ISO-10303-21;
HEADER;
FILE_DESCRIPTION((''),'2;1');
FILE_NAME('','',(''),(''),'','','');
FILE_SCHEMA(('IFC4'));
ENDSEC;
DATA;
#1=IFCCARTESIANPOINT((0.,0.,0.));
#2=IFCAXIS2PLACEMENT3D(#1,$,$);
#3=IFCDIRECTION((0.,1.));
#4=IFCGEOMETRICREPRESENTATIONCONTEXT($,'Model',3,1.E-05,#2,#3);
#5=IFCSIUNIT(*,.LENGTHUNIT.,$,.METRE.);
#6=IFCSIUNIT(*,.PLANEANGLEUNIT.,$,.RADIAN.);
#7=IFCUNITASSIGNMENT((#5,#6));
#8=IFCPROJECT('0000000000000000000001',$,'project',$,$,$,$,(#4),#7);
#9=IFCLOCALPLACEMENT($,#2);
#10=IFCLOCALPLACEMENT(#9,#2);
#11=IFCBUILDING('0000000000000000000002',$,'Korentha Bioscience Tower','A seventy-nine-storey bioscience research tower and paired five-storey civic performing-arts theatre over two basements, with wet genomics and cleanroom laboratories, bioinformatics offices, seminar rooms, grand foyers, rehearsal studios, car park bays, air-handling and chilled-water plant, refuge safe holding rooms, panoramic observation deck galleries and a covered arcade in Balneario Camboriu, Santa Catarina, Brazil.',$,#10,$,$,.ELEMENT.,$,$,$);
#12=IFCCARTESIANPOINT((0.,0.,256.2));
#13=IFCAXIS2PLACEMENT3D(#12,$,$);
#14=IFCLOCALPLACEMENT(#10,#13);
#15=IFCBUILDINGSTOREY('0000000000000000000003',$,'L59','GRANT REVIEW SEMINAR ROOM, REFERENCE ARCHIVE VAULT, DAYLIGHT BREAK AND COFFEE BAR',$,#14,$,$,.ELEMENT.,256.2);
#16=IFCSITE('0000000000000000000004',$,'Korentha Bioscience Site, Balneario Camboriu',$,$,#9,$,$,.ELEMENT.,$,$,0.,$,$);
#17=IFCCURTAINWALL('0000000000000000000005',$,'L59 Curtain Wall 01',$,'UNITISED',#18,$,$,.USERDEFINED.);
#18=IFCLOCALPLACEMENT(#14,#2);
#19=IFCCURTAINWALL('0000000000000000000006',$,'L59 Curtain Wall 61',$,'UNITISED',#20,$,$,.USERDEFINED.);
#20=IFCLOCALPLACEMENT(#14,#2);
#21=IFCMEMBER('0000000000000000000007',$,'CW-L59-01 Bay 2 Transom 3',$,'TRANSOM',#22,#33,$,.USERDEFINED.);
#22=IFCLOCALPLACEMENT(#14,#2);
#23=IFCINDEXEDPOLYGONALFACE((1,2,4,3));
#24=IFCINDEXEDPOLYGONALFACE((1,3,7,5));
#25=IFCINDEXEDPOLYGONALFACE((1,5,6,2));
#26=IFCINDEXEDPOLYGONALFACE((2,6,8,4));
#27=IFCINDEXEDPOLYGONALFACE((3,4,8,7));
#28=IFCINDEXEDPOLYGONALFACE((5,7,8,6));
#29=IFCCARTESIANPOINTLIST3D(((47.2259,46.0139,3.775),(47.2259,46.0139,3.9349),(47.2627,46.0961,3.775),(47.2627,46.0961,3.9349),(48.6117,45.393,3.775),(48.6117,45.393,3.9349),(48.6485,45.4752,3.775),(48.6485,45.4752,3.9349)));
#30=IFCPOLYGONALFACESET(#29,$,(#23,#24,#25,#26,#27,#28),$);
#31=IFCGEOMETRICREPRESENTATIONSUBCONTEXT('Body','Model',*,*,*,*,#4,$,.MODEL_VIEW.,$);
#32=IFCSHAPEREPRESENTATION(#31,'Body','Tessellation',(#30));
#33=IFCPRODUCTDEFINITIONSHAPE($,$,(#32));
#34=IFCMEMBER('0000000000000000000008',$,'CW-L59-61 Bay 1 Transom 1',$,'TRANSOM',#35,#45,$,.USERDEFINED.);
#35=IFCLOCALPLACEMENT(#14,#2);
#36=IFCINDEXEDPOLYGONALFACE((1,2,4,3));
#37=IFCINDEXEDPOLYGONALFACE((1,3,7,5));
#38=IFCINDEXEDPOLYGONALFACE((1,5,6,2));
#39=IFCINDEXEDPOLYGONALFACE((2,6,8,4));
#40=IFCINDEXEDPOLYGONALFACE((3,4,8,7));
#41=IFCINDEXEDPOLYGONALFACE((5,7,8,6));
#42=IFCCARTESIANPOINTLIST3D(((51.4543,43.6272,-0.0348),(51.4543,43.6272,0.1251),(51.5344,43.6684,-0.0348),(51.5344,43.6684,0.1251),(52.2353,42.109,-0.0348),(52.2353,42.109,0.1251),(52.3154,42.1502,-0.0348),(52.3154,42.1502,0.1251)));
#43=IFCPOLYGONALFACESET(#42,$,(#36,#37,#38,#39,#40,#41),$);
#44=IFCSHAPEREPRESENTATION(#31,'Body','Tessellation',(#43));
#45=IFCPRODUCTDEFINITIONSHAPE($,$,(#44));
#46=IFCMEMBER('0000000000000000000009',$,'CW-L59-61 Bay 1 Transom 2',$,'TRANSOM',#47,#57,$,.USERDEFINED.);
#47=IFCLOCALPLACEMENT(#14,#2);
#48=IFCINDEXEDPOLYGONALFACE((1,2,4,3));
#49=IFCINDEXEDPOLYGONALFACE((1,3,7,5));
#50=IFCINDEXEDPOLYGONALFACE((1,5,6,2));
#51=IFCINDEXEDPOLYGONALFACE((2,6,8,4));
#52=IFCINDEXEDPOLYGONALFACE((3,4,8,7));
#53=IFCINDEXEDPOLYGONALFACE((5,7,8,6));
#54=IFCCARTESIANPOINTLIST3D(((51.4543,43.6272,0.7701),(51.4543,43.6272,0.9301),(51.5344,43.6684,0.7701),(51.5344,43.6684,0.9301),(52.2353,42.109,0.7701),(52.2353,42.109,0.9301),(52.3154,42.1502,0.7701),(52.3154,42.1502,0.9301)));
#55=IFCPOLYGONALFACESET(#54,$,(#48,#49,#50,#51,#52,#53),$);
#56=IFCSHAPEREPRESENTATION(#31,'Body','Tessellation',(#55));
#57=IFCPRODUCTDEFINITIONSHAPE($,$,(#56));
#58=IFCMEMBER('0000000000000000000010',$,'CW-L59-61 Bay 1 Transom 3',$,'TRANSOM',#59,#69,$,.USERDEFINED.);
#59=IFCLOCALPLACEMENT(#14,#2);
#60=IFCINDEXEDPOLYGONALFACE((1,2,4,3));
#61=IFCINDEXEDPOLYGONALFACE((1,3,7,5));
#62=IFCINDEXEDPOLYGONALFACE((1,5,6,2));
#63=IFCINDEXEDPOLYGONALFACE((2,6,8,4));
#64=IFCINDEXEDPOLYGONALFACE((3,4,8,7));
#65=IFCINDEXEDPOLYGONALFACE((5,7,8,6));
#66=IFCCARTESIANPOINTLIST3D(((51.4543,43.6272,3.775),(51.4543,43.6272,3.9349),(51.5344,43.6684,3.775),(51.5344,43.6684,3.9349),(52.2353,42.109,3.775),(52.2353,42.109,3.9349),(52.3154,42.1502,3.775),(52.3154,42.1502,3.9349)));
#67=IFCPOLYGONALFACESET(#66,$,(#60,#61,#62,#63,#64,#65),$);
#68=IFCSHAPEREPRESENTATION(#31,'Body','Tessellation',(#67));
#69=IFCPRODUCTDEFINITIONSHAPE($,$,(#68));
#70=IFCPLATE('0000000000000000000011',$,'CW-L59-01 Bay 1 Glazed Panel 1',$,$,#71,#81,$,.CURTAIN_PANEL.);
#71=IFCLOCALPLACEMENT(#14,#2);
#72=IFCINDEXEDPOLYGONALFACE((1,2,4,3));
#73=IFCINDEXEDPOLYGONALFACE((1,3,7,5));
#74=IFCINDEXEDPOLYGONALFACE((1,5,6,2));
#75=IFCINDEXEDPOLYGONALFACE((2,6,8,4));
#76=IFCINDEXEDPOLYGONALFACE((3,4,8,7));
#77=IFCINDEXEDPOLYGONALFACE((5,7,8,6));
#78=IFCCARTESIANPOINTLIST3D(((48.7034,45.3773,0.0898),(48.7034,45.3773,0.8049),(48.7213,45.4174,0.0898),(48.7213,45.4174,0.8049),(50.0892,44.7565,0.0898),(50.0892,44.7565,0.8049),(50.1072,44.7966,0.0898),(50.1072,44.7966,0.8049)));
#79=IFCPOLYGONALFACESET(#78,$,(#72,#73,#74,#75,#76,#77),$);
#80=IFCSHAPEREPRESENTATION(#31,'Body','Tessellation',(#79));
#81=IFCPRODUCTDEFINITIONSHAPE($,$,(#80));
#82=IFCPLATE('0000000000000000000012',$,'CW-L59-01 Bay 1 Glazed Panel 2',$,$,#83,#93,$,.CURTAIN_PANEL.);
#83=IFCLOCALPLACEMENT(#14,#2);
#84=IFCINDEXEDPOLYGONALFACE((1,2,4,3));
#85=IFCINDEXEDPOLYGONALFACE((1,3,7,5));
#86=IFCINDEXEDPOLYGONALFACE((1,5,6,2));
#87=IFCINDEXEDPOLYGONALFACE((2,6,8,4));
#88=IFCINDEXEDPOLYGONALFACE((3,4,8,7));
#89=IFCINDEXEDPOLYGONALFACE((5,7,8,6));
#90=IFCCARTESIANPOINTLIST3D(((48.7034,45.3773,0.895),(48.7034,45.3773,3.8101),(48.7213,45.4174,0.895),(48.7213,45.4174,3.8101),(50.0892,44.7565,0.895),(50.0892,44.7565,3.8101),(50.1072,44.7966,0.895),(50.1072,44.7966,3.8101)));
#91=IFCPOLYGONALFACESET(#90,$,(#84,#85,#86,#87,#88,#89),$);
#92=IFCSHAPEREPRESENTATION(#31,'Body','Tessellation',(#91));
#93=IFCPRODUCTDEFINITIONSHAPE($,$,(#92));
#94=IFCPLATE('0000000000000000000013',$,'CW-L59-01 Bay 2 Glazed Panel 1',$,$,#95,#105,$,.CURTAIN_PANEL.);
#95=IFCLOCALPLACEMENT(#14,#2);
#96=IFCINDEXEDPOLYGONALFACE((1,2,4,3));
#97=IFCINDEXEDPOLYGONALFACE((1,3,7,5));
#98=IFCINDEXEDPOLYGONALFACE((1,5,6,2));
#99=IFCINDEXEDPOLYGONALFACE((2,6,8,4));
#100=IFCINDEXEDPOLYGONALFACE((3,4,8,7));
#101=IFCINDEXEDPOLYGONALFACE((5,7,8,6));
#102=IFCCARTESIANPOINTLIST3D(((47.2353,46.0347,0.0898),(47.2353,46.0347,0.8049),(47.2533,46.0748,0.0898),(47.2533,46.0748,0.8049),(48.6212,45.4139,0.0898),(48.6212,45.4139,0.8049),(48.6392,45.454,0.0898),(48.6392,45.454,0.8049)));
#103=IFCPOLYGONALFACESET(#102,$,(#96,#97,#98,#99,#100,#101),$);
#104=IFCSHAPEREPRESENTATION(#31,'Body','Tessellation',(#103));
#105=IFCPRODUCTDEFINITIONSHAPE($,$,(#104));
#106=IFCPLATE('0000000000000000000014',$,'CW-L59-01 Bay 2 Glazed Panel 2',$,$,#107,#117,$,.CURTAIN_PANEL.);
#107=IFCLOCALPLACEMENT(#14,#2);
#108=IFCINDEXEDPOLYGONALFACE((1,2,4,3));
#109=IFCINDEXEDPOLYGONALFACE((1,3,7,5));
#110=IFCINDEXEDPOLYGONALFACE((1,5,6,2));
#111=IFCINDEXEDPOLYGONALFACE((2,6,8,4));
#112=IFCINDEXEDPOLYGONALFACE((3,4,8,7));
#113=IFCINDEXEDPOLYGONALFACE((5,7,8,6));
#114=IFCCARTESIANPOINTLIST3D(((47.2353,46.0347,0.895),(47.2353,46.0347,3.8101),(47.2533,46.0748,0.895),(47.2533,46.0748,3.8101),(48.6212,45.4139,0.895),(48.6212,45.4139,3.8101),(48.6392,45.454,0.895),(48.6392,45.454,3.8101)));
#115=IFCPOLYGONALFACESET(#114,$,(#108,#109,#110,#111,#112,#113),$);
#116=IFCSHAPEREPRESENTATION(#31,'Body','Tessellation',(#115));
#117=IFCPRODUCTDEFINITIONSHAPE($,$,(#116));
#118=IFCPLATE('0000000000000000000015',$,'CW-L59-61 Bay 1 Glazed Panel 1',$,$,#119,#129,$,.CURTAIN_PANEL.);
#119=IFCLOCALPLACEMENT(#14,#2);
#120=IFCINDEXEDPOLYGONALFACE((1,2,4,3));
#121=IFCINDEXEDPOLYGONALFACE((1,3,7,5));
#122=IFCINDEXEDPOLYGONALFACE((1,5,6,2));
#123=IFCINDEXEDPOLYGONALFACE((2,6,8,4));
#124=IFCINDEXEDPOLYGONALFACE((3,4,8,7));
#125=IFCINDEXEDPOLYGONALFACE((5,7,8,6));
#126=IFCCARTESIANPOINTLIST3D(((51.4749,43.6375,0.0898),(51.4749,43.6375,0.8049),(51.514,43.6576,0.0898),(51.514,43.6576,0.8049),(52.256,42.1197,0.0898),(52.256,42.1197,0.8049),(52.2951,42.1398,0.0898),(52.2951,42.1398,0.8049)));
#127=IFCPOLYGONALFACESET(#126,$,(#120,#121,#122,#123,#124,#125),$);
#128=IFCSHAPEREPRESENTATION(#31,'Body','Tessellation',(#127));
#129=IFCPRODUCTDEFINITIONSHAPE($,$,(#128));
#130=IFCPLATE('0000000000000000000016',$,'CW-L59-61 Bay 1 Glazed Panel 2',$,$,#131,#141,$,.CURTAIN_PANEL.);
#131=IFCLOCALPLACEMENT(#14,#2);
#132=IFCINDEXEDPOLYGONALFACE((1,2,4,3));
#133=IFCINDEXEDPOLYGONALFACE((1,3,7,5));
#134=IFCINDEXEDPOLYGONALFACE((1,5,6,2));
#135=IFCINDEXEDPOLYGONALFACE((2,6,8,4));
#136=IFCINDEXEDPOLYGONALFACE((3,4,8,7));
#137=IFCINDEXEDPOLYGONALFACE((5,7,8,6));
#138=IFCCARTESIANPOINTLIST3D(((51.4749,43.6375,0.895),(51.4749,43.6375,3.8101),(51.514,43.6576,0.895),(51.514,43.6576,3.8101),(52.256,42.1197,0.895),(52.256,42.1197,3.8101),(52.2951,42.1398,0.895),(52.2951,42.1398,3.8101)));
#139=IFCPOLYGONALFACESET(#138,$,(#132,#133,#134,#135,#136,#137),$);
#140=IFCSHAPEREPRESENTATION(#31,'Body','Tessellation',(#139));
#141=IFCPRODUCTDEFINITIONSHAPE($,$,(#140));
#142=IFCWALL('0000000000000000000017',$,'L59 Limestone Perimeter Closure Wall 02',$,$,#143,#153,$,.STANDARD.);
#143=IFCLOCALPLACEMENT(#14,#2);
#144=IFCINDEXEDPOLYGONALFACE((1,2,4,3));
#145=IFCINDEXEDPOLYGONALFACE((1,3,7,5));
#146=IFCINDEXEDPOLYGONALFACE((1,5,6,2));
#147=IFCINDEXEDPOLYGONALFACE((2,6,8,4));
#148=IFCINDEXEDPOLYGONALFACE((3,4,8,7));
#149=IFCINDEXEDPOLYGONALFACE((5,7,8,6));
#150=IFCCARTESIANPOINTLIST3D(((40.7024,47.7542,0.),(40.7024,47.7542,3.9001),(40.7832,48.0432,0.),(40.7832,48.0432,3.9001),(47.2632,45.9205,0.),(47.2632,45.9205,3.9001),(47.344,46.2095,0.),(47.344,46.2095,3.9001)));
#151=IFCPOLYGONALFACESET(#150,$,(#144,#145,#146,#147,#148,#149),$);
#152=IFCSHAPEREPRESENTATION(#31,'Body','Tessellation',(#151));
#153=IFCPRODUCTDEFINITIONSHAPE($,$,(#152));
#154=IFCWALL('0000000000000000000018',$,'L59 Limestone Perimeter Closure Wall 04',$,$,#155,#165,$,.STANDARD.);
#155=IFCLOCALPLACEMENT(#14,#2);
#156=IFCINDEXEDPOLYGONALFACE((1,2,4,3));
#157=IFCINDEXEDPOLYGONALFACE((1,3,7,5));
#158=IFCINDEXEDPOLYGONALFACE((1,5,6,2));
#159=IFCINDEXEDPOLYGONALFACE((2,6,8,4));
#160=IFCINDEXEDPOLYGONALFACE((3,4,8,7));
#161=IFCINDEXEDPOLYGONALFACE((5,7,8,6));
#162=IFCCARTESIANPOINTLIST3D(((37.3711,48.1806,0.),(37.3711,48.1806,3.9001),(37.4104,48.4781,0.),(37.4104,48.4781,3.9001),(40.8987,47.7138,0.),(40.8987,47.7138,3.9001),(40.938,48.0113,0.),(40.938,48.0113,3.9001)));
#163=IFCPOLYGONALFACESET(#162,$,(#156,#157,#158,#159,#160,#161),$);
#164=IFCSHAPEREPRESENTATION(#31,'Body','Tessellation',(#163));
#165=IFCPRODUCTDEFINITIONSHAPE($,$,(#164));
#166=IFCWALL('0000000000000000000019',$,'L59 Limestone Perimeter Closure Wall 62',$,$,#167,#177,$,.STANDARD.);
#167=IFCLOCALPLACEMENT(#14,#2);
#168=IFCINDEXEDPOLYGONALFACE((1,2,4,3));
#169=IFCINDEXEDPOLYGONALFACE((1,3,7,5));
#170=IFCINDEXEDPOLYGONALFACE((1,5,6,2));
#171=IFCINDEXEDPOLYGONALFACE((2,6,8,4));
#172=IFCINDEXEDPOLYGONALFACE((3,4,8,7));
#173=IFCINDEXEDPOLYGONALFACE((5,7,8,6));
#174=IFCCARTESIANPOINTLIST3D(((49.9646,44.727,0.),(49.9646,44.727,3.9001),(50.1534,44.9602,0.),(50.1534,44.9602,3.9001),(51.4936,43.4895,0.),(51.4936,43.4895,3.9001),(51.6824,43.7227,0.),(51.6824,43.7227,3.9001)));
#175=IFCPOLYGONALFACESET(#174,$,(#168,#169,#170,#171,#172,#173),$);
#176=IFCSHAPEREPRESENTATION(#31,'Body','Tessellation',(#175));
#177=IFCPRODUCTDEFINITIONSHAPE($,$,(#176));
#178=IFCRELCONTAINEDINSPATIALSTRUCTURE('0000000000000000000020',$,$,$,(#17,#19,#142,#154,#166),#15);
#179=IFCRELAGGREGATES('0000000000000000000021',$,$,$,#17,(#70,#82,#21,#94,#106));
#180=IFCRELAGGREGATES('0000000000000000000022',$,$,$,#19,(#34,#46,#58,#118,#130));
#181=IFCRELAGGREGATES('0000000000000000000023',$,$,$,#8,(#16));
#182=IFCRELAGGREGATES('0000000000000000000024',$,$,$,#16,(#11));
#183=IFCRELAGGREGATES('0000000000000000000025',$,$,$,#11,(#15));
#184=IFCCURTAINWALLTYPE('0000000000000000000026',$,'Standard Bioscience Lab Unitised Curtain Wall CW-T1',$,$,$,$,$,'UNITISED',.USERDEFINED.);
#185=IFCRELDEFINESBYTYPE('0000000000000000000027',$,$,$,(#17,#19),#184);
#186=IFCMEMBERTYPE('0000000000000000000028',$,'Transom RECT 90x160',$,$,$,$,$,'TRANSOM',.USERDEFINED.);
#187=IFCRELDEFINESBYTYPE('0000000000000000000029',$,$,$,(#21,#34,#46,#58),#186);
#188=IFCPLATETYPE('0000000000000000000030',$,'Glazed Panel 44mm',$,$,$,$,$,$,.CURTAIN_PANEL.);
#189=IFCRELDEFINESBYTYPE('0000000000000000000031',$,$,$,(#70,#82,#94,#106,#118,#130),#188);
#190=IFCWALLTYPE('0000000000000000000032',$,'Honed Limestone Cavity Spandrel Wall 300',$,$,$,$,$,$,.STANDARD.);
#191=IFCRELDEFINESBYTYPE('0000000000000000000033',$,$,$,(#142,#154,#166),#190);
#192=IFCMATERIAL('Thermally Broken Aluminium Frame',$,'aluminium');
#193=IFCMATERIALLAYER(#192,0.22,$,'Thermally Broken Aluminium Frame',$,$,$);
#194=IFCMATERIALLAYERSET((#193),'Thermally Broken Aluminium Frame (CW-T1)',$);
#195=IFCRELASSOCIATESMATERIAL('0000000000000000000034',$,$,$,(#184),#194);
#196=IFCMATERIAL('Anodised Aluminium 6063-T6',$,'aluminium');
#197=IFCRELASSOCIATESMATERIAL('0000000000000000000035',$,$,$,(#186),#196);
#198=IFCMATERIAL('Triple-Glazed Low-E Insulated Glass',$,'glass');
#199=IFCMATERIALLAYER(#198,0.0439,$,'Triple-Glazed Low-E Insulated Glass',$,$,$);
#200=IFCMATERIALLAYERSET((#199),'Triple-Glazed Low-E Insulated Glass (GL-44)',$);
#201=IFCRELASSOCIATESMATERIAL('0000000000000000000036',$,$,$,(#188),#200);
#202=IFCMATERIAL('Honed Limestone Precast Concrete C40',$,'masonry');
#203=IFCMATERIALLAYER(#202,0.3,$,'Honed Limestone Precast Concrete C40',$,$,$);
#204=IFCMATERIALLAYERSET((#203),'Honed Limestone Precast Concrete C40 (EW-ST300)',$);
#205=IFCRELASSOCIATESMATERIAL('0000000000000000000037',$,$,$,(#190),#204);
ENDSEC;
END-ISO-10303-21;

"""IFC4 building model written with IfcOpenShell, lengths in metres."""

from ifc_helpers import new_model, si_unit, direction, frame, frame_2d, origin, origin_2d, place, context, subcontext, project, spatial, rectangle, extrude, material, layer, layer_set, material_profile, profile_set, type_object, element, aggregate, save


model = new_model("IFC4")

# Units and contexts
model_context = context("Model", 3, precision=1e-05, world=origin(), true_north=direction((0.0, 1.0)))
body_context = subcontext(model_context, "Body", "Model", "MODEL_VIEW")
ifc_project = project(units=[si_unit("LENGTHUNIT", "METRE"), si_unit("PLANEANGLEUNIT", "RADIAN")], contexts=[model_context])

# Site, building, storey
site_placement = place(None, origin())
site = spatial("IfcSite", under=ifc_project, at=site_placement, Name="Korentha Bioscience Site, Balneario Camboriu", CompositionType="ELEMENT", RefElevation=0.0)
building_placement = place(site_placement, origin())
building = spatial("IfcBuilding", under=site, at=building_placement, Name="Korentha Bioscience Tower", Description="A seventy-nine-storey bioscience research tower and paired five-storey civic performing-arts theatre over two basements, with wet genomics and cleanroom laboratories, bioinformatics offices, seminar rooms, grand foyers, rehearsal studios, car park bays, air-handling and chilled-water plant, refuge safe holding rooms, panoramic observation deck galleries and a covered arcade in Balneario Camboriu, Santa Catarina, Brazil.", CompositionType="ELEMENT")
storey_placement = place(building_placement, frame((0.0, 0.0, 256.2)))
storey = spatial("IfcBuildingStorey", under=building, at=storey_placement, Name="L59", Description="GRANT REVIEW SEMINAR ROOM, REFERENCE ARCHIVE VAULT, DAYLIGHT BREAK AND COFFEE BAR", CompositionType="ELEMENT", Elevation=256.2)

# Curtain wall
ifc_material_1 = material(Name="Thermally Broken Aluminium Frame", Category="aluminium")
ifc_layer_1 = layer(ifc_material_1, 0.22, Name="Thermally Broken Aluminium Frame")
ifc_layer_set_1 = layer_set([ifc_layer_1], Name="Thermally Broken Aluminium Frame (CW-T1)")
curtain_wall_type = type_object("IfcCurtainWallType", Name="Standard Bioscience Lab Unitised Curtain Wall CW-T1", ElementType="UNITISED", PredefinedType="USERDEFINED", material=ifc_layer_set_1)
curtain_wall_1_placement = place(storey_placement, origin())
curtain_wall_1 = element("IfcCurtainWall", 1, at=curtain_wall_1_placement, inside=storey, type_object=curtain_wall_type, Name="L59 Curtain Wall 01", ObjectType="UNITISED", PredefinedType="USERDEFINED")
ifc_material_2 = material(Name="Anodised Aluminium 6063-T6", Category="aluminium")

# Curtain wall
curtain_wall_2_placement = place(storey_placement, origin())
curtain_wall_2 = element("IfcCurtainWall", 2, at=curtain_wall_2_placement, inside=storey, type_object=curtain_wall_type, Name="L59 Curtain Wall 61", ObjectType="UNITISED", PredefinedType="USERDEFINED")

# Members
ifc_material_profile_1 = material_profile(ifc_material_2, rectangle(XDim=0.0901, YDim=0.1599, at=origin_2d()), Name="Anodised Aluminium 6063-T6")
ifc_profile_set_1 = profile_set([ifc_material_profile_1], Name="Anodised Aluminium 6063-T6 (CW-TRN)")
member_type_1 = type_object("IfcMemberType", Name="Transom RECT 90x160", ElementType="TRANSOM", PredefinedType="USERDEFINED", material=ifc_profile_set_1)
member_1_placement = place(storey_placement, frame((48.6301, 45.4341, 3.855), z_axis=(-0.912594, 0.408867, 0.0), x_axis=(-0.408867, -0.912594, 0.0)))
member_1 = element("IfcMember", 3, at=member_1_placement, type_object=member_type_1, Name="CW-L59-01 Bay 2 Transom 3", ObjectType="TRANSOM", PredefinedType="USERDEFINED", context=body_context, shape_type="SweptSolid", body=[
    extrude(rectangle(XDim=0.0901, YDim=0.1599, at=origin_2d()), origin(), (0.0, 0.0, 1.0), 1.5186),
])
member_2_placement = place(storey_placement, frame((52.2754, 42.1296, 0.0452), z_axis=(-0.45748, 0.88922, 0.0), x_axis=(-0.88922, -0.45748, 0.0)))
member_2 = element("IfcMember", 4, at=member_2_placement, type_object=member_type_1, Name="CW-L59-61 Bay 1 Transom 1", ObjectType="TRANSOM", PredefinedType="USERDEFINED", context=body_context, shape_type="SweptSolid", body=[
    extrude(rectangle(XDim=0.0901, YDim=0.1599, at=origin_2d()), origin(), (0.0, 0.0, 1.0), 1.7073),
])
member_3_placement = place(storey_placement, frame((52.2754, 42.1296, 0.8501), z_axis=(-0.45748, 0.88922, 0.0), x_axis=(-0.88922, -0.45748, 0.0)))
member_3 = element("IfcMember", 5, at=member_3_placement, type_object=member_type_1, Name="CW-L59-61 Bay 1 Transom 2", ObjectType="TRANSOM", PredefinedType="USERDEFINED", context=body_context, shape_type="SweptSolid", body=[
    extrude(rectangle(XDim=0.0901, YDim=0.1599, at=origin_2d()), origin(), (0.0, 0.0, 1.0), 1.7073),
])
member_4_placement = place(storey_placement, frame((52.2754, 42.1296, 3.855), z_axis=(-0.45748, 0.88922, 0.0), x_axis=(-0.88922, -0.45748, 0.0)))
member_4 = element("IfcMember", 6, at=member_4_placement, type_object=member_type_1, Name="CW-L59-61 Bay 1 Transom 3", ObjectType="TRANSOM", PredefinedType="USERDEFINED", context=body_context, shape_type="SweptSolid", body=[
    extrude(rectangle(XDim=0.0901, YDim=0.1599, at=origin_2d()), origin(), (0.0, 0.0, 1.0), 1.7073),
])

# Plates
ifc_material_3 = material(Name="Triple-Glazed Low-E Insulated Glass", Category="glass")
ifc_layer_2 = layer(ifc_material_3, 0.0439, Name="Triple-Glazed Low-E Insulated Glass")
ifc_layer_set_2 = layer_set([ifc_layer_2], Name="Triple-Glazed Low-E Insulated Glass (GL-44)")
plate_type = type_object("IfcPlateType", Name="Glazed Panel 44mm", PredefinedType="CURTAIN_PANEL", material=ifc_layer_set_2)
plate_1_placement = place(storey_placement, frame((49.4053, 45.0869, 0.0898), z_axis=(0.0, 0.0, 1.0), x_axis=(-0.912622, 0.408805, 0.0)))
plate_1 = element("IfcPlate", 7, at=plate_1_placement, type_object=plate_type, Name="CW-L59-01 Bay 1 Glazed Panel 1", PredefinedType="CURTAIN_PANEL", context=body_context, shape_type="SweptSolid", body=[
    extrude(rectangle(XDim=1.5186, YDim=0.0439, at=origin_2d()), origin(), (0.0, 0.0, 1.0), 0.7151),
])
plate_2_placement = place(storey_placement, frame((49.4053, 45.0869, 0.895), z_axis=(0.0, 0.0, 1.0), x_axis=(-0.912622, 0.408805, 0.0)))
plate_2 = element("IfcPlate", 8, at=plate_2_placement, type_object=plate_type, Name="CW-L59-01 Bay 1 Glazed Panel 2", PredefinedType="CURTAIN_PANEL", context=body_context, shape_type="SweptSolid", body=[
    extrude(rectangle(XDim=1.5186, YDim=0.0439, at=origin_2d()), origin(), (0.0, 0.0, 1.0), 2.915),
])
plate_3_placement = place(storey_placement, frame((47.9373, 45.7444, 0.0898), z_axis=(0.0, 0.0, 1.0), x_axis=(-0.912622, 0.408805, 0.0)))
plate_3 = element("IfcPlate", 9, at=plate_3_placement, type_object=plate_type, Name="CW-L59-01 Bay 2 Glazed Panel 1", PredefinedType="CURTAIN_PANEL", context=body_context, shape_type="SweptSolid", body=[
    extrude(rectangle(XDim=1.5186, YDim=0.0439, at=origin_2d()), origin(), (0.0, 0.0, 1.0), 0.7151),
])
plate_4_placement = place(storey_placement, frame((47.9373, 45.7444, 0.895), z_axis=(0.0, 0.0, 1.0), x_axis=(-0.912622, 0.408805, 0.0)))
plate_4 = element("IfcPlate", 10, at=plate_4_placement, type_object=plate_type, Name="CW-L59-01 Bay 2 Glazed Panel 2", PredefinedType="CURTAIN_PANEL", context=body_context, shape_type="SweptSolid", body=[
    extrude(rectangle(XDim=1.5186, YDim=0.0439, at=origin_2d()), origin(), (0.0, 0.0, 1.0), 2.915),
])
aggregate(curtain_wall_1, [plate_1, plate_2, member_1, plate_3, plate_4])
plate_5_placement = place(storey_placement, frame((51.885, 42.8887, 0.0898), z_axis=(0.0, 0.0, 1.0), x_axis=(-0.45757, 0.889174, 0.0)))
plate_5 = element("IfcPlate", 11, at=plate_5_placement, type_object=plate_type, Name="CW-L59-61 Bay 1 Glazed Panel 1", PredefinedType="CURTAIN_PANEL", context=body_context, shape_type="SweptSolid", body=[
    extrude(rectangle(XDim=1.707, YDim=0.0439, at=origin_2d()), origin(), (0.0, 0.0, 1.0), 0.7151),
])
plate_6_placement = place(storey_placement, frame((51.885, 42.8887, 0.895), z_axis=(0.0, 0.0, 1.0), x_axis=(-0.45757, 0.889174, 0.0)))
plate_6 = element("IfcPlate", 12, at=plate_6_placement, type_object=plate_type, Name="CW-L59-61 Bay 1 Glazed Panel 2", PredefinedType="CURTAIN_PANEL", context=body_context, shape_type="SweptSolid", body=[
    extrude(rectangle(XDim=1.707, YDim=0.0439, at=origin_2d()), origin(), (0.0, 0.0, 1.0), 2.915),
])
aggregate(curtain_wall_2, [member_2, member_3, member_4, plate_5, plate_6])

# Walls
ifc_material_4 = material(Name="Honed Limestone Precast Concrete C40", Category="masonry")
ifc_layer_3 = layer(ifc_material_4, 0.3, Name="Honed Limestone Precast Concrete C40")
ifc_layer_set_3 = layer_set([ifc_layer_3], Name="Honed Limestone Precast Concrete C40 (EW-ST300)")
wall_type = type_object("IfcWallType", Name="Honed Limestone Cavity Spandrel Wall 300", PredefinedType="STANDARD", material=ifc_layer_set_3)
wall_1_placement = place(storey_placement, frame((47.3037, 46.0649, 0.0), z_axis=(0.0, 0.0, 1.0), x_axis=(-0.963089, 0.269183, 0.0)))
element("IfcWall", 13, at=wall_1_placement, inside=storey, type_object=wall_type, Name="L59 Limestone Perimeter Closure Wall 02", PredefinedType="STANDARD", context=body_context, shape_type="SweptSolid", body=[
    extrude(rectangle(XDim=6.8123, YDim=0.3, at=frame_2d((3.4062, 0.0))), origin(), (0.0, 0.0, 1.0), 3.9001),
])
wall_2_placement = place(storey_placement, frame((40.9185, 47.8625, 0.0), z_axis=(0.0, 0.0, 1.0), x_axis=(-0.991358, 0.131184, 0.0)))
element("IfcWall", 14, at=wall_2_placement, inside=storey, type_object=wall_type, Name="L59 Limestone Perimeter Closure Wall 04", PredefinedType="STANDARD", context=body_context, shape_type="SweptSolid", body=[
    extrude(rectangle(XDim=3.5583, YDim=0.3, at=frame_2d((1.7793, 0.0))), origin(), (0.0, 0.0, 1.0), 3.9001),
])
wall_3_placement = place(storey_placement, frame((51.5879, 43.6062, 0.0), z_axis=(0.0, 0.0, 1.0), x_axis=(-0.777308, 0.62912, 0.0)))
element("IfcWall", 15, at=wall_3_placement, inside=storey, type_object=wall_type, Name="L59 Limestone Perimeter Closure Wall 62", PredefinedType="STANDARD", context=body_context, shape_type="SweptSolid", body=[
    extrude(rectangle(XDim=1.967, YDim=0.3, at=frame_2d((0.9834, 0.0))), origin(), (0.0, 0.0, 1.0), 3.9001),
])

save(model, "model.ifc")
